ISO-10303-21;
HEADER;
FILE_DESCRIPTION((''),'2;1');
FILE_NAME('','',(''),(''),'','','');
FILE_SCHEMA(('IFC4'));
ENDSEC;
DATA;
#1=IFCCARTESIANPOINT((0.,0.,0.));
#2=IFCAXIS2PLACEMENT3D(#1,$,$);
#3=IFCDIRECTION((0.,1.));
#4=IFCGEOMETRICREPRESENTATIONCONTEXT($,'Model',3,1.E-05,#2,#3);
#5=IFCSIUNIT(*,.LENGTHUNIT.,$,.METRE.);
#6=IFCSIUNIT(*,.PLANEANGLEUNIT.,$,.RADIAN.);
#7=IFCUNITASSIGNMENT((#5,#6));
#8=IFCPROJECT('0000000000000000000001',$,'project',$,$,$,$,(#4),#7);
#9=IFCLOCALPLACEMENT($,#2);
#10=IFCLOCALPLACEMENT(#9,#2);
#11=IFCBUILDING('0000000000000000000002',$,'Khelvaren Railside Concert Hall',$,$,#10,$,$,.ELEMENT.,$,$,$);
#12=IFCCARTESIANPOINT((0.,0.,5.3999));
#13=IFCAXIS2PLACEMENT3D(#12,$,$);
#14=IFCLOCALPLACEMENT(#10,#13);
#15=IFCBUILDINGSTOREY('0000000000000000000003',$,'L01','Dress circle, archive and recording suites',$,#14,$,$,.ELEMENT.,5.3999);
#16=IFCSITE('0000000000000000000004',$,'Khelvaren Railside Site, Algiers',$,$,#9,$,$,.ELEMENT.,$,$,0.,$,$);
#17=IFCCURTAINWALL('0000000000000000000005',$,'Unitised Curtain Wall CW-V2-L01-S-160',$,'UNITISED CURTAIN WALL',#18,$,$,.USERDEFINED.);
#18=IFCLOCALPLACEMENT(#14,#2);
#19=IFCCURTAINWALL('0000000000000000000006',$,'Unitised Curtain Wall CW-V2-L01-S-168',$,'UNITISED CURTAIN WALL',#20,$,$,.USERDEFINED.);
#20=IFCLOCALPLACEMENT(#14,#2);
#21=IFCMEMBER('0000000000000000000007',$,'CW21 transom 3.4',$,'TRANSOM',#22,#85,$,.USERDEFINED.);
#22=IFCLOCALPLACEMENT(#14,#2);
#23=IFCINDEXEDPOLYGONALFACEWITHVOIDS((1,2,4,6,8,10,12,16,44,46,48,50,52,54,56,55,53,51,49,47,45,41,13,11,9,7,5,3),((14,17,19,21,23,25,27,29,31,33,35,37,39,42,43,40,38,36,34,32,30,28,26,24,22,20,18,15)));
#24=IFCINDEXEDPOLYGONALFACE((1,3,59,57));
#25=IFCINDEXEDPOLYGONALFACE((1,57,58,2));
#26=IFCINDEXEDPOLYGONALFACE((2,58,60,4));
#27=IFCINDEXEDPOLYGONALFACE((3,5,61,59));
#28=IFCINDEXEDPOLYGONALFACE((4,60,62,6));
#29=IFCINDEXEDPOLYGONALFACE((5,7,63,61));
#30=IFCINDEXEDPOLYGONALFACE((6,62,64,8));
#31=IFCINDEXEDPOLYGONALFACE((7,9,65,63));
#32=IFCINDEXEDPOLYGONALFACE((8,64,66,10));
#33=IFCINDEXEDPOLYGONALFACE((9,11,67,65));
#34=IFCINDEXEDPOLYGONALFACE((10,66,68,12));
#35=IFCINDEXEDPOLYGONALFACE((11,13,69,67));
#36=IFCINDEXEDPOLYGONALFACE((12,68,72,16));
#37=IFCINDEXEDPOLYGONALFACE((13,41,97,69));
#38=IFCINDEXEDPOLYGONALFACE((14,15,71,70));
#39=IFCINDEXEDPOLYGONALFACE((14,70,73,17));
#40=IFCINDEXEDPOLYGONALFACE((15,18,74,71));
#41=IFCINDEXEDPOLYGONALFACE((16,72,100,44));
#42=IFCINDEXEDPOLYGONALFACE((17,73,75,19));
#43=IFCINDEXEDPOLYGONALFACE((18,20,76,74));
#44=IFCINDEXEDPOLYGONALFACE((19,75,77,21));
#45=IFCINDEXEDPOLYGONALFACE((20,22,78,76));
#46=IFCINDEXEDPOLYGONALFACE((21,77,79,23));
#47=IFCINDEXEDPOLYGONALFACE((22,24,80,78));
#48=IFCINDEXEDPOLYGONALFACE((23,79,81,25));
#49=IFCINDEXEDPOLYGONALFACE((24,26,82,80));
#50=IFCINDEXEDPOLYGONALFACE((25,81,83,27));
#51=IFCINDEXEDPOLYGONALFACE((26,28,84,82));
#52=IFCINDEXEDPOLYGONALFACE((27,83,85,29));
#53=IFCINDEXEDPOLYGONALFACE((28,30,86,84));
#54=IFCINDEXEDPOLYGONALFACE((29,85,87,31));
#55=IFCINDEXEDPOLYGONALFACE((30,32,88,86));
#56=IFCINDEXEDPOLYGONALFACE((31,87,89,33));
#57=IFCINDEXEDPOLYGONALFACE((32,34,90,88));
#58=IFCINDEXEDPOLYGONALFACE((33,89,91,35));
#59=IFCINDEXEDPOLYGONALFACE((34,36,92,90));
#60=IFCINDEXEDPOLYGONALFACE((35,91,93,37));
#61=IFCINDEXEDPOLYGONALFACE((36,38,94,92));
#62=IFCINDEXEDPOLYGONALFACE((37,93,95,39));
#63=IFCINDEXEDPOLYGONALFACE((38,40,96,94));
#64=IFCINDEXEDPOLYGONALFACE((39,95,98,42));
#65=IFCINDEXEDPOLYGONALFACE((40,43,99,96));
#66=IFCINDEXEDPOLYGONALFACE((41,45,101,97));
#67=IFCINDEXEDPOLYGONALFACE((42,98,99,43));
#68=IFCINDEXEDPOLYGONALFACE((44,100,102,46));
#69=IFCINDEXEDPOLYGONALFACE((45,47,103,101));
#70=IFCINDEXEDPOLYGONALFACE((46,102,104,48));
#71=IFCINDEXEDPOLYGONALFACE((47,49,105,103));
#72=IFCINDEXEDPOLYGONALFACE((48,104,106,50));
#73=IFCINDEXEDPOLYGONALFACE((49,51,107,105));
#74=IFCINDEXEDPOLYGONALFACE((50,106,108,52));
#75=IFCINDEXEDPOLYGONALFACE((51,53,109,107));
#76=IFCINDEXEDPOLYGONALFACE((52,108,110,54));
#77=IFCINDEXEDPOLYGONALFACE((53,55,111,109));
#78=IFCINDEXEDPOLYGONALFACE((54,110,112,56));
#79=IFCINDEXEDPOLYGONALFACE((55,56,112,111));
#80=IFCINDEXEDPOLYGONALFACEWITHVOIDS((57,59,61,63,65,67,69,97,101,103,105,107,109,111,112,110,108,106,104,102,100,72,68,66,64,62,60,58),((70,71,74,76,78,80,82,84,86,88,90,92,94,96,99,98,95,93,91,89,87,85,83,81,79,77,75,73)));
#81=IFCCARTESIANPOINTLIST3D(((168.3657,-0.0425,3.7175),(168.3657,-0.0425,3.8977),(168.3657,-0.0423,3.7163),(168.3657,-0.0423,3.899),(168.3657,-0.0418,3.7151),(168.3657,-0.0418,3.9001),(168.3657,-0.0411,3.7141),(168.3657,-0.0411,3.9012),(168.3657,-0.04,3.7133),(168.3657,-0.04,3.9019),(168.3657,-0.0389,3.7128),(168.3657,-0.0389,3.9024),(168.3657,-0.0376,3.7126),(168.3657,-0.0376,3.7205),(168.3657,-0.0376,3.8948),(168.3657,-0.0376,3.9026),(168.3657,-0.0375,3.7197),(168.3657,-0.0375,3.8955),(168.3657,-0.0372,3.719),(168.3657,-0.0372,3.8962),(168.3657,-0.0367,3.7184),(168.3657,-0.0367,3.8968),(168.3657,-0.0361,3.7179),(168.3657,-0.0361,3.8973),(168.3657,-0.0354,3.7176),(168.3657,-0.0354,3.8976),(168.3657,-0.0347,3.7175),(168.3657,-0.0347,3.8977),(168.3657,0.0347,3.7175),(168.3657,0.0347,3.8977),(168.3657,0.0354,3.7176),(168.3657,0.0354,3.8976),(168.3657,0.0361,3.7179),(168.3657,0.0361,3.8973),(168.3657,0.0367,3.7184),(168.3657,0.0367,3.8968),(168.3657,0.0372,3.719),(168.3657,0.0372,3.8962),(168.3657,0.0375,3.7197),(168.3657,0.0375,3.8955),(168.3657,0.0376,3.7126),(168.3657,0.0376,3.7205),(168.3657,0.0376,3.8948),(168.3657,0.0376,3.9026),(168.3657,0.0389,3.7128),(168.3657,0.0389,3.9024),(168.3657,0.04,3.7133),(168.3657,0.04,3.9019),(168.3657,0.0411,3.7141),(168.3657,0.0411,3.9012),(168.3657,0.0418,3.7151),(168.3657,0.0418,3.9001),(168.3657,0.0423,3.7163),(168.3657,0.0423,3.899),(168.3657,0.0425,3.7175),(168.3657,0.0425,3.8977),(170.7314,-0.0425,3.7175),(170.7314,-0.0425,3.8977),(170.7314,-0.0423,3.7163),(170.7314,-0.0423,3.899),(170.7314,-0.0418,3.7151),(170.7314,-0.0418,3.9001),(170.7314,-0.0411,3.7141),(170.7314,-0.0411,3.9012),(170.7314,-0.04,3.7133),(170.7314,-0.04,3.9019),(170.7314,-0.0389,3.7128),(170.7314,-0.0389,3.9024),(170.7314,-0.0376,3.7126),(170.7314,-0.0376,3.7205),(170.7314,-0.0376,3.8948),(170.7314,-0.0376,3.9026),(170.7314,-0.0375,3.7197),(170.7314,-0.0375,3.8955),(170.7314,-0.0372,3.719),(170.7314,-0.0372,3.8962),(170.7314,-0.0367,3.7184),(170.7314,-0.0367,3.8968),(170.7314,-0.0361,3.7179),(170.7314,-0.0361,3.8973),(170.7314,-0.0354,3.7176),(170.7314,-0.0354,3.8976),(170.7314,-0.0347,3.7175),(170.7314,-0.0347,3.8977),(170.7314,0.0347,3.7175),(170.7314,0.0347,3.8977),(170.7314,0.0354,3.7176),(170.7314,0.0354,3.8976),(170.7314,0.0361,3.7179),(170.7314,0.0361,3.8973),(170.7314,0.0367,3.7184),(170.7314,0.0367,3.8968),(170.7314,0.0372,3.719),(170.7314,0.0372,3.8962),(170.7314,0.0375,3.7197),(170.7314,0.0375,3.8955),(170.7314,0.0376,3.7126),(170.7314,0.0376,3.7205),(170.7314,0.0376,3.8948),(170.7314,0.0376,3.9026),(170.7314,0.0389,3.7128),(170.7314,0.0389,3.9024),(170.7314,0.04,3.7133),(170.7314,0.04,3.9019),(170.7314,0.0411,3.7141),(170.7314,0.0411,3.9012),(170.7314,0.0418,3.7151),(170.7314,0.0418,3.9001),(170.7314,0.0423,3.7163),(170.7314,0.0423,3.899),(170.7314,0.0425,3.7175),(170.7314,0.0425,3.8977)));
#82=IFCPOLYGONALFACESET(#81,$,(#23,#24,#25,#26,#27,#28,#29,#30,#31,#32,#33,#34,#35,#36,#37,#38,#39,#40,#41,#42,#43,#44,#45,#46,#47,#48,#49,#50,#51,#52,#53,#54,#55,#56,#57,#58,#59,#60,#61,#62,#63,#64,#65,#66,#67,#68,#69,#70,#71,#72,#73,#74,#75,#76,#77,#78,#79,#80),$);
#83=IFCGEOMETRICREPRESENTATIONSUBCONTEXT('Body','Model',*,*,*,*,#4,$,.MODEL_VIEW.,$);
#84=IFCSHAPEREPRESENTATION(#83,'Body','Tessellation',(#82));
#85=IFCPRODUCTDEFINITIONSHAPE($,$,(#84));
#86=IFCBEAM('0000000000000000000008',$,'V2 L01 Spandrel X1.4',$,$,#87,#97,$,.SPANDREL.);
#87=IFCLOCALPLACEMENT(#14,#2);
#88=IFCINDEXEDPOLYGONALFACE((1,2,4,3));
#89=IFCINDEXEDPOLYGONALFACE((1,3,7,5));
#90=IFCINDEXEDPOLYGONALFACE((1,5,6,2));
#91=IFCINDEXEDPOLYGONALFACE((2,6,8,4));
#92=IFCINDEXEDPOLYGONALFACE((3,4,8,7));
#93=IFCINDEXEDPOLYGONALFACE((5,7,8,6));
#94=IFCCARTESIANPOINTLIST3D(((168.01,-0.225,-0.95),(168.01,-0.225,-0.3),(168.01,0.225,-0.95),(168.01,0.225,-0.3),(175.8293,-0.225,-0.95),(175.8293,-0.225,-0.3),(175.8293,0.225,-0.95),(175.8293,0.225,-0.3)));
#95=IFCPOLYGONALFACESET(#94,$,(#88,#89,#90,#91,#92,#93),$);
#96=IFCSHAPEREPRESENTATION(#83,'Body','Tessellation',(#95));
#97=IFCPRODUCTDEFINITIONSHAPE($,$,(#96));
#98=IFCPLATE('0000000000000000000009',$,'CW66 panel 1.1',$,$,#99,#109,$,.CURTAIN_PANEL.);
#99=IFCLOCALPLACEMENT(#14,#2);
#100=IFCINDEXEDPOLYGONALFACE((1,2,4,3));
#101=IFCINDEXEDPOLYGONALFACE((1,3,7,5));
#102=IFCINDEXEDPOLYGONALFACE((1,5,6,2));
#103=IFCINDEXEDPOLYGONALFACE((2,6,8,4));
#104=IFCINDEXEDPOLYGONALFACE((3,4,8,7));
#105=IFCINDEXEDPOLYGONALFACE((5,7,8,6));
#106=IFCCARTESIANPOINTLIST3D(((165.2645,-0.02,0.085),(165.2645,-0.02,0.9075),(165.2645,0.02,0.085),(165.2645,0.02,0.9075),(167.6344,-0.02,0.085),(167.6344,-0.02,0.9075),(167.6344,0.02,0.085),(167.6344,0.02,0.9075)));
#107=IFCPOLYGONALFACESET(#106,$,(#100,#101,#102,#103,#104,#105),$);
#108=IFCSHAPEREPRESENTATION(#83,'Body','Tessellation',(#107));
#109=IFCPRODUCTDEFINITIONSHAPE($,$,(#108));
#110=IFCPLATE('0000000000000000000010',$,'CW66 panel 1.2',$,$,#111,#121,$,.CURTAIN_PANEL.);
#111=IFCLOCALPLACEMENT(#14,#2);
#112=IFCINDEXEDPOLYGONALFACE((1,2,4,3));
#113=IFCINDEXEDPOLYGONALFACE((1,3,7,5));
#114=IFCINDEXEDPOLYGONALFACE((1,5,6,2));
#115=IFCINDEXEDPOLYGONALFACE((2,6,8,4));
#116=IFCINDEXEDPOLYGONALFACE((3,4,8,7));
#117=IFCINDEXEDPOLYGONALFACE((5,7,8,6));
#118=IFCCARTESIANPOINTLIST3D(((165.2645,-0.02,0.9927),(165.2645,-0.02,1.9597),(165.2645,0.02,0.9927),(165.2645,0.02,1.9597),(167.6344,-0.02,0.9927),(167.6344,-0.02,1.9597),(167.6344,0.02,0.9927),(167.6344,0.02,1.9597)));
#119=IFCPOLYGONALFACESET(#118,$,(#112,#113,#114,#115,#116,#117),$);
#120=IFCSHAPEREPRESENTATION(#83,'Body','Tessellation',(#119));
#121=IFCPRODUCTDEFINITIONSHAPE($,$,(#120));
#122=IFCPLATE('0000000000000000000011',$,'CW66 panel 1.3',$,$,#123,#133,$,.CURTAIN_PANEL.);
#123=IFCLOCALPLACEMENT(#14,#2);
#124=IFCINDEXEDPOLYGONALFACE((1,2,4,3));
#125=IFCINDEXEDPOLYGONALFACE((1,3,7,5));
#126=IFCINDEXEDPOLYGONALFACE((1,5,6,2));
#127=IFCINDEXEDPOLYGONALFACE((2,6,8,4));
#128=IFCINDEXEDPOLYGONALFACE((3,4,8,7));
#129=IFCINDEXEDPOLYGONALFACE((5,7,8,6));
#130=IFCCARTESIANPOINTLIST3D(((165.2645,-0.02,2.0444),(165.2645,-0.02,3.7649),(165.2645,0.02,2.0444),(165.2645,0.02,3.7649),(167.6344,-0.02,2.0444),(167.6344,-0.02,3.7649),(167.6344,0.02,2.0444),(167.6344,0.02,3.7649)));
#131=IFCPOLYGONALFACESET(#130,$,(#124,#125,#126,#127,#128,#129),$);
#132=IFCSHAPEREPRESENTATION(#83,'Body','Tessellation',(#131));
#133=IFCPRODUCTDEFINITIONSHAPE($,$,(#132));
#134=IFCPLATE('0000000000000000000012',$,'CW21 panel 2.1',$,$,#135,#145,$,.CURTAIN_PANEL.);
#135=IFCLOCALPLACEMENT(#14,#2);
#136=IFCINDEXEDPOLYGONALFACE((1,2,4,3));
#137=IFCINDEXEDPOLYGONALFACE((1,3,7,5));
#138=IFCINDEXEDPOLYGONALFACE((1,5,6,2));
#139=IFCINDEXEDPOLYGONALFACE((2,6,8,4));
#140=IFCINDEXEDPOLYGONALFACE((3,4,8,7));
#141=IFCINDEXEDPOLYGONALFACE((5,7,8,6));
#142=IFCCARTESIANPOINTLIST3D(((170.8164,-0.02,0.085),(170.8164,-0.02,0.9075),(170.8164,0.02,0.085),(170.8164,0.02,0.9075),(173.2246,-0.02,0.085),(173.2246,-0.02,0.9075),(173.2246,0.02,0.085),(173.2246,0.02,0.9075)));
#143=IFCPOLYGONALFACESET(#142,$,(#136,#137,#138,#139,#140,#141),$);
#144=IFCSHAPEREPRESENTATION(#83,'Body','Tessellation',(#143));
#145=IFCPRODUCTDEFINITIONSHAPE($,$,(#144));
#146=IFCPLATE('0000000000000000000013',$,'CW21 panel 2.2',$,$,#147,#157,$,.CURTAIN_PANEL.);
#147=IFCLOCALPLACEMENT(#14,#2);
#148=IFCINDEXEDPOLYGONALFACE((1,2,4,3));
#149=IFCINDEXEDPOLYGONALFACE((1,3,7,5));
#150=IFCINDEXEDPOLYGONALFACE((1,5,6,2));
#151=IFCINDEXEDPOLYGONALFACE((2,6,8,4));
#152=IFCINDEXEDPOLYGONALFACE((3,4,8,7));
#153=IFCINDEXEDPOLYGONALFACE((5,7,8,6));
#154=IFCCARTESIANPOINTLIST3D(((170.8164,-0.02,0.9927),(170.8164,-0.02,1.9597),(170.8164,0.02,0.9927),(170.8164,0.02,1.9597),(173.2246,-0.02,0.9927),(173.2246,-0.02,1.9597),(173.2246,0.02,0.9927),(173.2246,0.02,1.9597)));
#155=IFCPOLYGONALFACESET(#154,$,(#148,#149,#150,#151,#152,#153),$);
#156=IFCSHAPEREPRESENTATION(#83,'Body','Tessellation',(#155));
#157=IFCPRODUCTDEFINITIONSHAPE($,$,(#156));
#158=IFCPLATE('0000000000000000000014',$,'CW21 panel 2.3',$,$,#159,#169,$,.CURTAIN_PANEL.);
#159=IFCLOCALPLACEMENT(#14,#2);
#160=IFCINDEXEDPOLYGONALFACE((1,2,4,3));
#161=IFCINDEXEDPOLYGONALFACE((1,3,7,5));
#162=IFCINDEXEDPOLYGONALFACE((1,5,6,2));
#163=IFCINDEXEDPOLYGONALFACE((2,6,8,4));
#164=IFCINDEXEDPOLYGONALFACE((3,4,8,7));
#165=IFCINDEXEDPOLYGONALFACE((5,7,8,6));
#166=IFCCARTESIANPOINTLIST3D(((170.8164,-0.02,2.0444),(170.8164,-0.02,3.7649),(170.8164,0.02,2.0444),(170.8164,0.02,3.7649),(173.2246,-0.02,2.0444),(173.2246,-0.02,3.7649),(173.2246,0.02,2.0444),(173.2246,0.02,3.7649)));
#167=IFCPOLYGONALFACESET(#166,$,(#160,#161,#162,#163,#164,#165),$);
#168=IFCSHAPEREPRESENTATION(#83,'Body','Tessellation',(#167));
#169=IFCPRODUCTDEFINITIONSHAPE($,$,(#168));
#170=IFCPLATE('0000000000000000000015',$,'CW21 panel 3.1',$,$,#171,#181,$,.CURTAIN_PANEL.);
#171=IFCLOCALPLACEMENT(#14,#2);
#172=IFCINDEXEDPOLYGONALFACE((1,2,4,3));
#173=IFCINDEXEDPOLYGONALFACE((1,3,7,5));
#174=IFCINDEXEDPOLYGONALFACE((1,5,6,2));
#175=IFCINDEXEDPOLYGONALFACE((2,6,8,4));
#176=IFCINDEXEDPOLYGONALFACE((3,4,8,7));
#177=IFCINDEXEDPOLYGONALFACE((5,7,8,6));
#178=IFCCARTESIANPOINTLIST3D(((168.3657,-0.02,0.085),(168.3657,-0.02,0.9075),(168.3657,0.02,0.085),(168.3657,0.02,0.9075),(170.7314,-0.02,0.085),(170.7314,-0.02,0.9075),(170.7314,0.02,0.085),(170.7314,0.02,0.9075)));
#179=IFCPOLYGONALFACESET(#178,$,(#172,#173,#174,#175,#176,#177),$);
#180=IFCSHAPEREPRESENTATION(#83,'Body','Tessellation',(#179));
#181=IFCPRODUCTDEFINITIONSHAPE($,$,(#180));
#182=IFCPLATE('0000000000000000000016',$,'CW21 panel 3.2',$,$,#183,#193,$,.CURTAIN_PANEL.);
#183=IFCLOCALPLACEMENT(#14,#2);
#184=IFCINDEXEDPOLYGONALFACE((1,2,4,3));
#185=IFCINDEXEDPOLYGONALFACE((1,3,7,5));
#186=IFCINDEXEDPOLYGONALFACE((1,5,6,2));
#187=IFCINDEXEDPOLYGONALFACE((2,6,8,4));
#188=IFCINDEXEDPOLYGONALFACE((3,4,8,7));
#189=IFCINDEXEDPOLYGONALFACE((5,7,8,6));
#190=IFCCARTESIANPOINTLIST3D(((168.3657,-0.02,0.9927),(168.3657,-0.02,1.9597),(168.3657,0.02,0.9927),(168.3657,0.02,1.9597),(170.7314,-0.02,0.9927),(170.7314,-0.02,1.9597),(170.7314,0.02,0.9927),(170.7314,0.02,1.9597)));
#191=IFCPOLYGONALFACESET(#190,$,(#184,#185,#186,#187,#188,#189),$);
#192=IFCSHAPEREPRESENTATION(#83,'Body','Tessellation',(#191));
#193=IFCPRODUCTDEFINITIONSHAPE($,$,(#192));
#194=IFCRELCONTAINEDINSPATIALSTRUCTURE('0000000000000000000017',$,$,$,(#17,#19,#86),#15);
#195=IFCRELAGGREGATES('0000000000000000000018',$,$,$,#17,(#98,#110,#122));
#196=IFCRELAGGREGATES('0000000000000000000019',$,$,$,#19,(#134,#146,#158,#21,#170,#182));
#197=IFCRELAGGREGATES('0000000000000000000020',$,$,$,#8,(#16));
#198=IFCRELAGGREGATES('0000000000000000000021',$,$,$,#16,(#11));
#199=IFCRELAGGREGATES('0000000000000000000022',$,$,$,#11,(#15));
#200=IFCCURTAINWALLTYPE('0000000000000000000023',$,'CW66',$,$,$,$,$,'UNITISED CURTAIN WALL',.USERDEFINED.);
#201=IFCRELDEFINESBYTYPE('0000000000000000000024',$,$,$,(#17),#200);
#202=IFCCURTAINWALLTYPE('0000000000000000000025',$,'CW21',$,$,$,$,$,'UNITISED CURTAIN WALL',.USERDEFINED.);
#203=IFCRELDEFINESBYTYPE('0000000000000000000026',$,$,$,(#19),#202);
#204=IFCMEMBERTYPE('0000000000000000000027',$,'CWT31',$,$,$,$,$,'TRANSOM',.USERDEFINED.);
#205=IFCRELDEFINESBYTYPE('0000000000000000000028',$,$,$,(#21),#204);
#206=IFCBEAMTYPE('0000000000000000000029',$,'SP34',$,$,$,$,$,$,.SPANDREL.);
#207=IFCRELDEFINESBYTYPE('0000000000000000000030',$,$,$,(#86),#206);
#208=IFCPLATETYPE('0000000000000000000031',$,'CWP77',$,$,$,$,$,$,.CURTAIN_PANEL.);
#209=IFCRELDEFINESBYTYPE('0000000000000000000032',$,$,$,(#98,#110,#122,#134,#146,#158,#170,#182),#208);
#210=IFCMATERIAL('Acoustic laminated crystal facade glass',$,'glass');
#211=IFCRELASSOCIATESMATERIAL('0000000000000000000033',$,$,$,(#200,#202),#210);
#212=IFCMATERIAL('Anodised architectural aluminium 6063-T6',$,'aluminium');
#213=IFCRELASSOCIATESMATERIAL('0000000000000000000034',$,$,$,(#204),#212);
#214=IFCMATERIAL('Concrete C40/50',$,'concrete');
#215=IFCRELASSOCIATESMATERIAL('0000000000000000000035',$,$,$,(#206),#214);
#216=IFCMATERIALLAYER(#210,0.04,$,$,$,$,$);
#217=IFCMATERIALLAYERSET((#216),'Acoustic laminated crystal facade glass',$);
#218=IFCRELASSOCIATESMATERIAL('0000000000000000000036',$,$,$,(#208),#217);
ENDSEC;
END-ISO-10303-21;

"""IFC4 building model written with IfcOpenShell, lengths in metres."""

from ifc_helpers import new_model, si_unit, direction, frame, origin, origin_2d, place, context, subcontext, project, spatial, rectangle, hollow_rectangle, extrude, material, layer, layer_set, material_profile, profile_set, type_object, element, aggregate, save


model = new_model("IFC4")

# Units and contexts
model_context = context("Model", 3, precision=1e-05, world=origin(), true_north=direction((0.0, 1.0)))
body_context = subcontext(model_context, "Body", "Model", "MODEL_VIEW")
ifc_project = project(units=[si_unit("LENGTHUNIT", "METRE"), si_unit("PLANEANGLEUNIT", "RADIAN")], contexts=[model_context])

# Site, building, storey
site_placement = place(None, origin())
site = spatial("IfcSite", under=ifc_project, at=site_placement, Name="Khelvaren Railside Site, Algiers", CompositionType="ELEMENT", RefElevation=0.0)
building_placement = place(site_placement, origin())
building = spatial("IfcBuilding", under=site, at=building_placement, Name="Khelvaren Railside Concert Hall", CompositionType="ELEMENT")
storey_placement = place(building_placement, frame((0.0, 0.0, 5.3999)))
storey = spatial("IfcBuildingStorey", under=building, at=storey_placement, Name="L01", Description="Dress circle, archive and recording suites", CompositionType="ELEMENT", Elevation=5.3999)

# Curtain walls
ifc_material_1 = material(Name="Acoustic laminated crystal facade glass", Category="glass")
curtain_wall_type_1 = type_object("IfcCurtainWallType", Name="CW66", ElementType="UNITISED CURTAIN WALL", PredefinedType="USERDEFINED", material=ifc_material_1)
curtain_wall_1_placement = place(storey_placement, origin())
curtain_wall_1 = element("IfcCurtainWall", 1, at=curtain_wall_1_placement, inside=storey, type_object=curtain_wall_type_1, Name="Unitised Curtain Wall CW-V2-L01-S-160", ObjectType="UNITISED CURTAIN WALL", PredefinedType="USERDEFINED")
ifc_material_2 = material(Name="Anodised architectural aluminium 6063-T6", Category="aluminium")
curtain_wall_type_2 = type_object("IfcCurtainWallType", Name="CW21", ElementType="UNITISED CURTAIN WALL", PredefinedType="USERDEFINED", material=ifc_material_1)
curtain_wall_2_placement = place(storey_placement, origin())
curtain_wall_2 = element("IfcCurtainWall", 2, at=curtain_wall_2_placement, inside=storey, type_object=curtain_wall_type_2, Name="Unitised Curtain Wall CW-V2-L01-S-168", ObjectType="UNITISED CURTAIN WALL", PredefinedType="USERDEFINED")

# Member
ifc_material_profile_1 = material_profile(ifc_material_2, hollow_rectangle(XDim=0.085, YDim=0.1899, WallThickness=0.0049, InnerFilletRadius=0.0029, OuterFilletRadius=0.0049, at=origin_2d()), Name="CWT 85x190x5")
ifc_profile_set_1 = profile_set([ifc_material_profile_1], Name="Anodised architectural aluminium 6063-T6")
member_type_1 = type_object("IfcMemberType", Name="CWT31", ElementType="TRANSOM", PredefinedType="USERDEFINED", material=ifc_profile_set_1)
member_1_placement = place(storey_placement, frame((170.7314, 0.0, 3.8076), z_axis=(-1.0, 0.0, 0.0), x_axis=(0.0, -1.0, 0.0)))
member_1 = element("IfcMember", 3, at=member_1_placement, type_object=member_type_1, Name="CW21 transom 3.4", ObjectType="TRANSOM", PredefinedType="USERDEFINED", context=body_context, shape_type="SweptSolid", body=[
    extrude(hollow_rectangle(XDim=0.085, YDim=0.1899, WallThickness=0.0049, InnerFilletRadius=0.0029, OuterFilletRadius=0.0049, at=origin_2d()), origin(), (0.0, 0.0, 1.0), 2.3657),
])

# Beam
ifc_material_3 = material(Name="Concrete C40/50", Category="concrete")
ifc_material_profile_2 = material_profile(ifc_material_3, rectangle(XDim=0.45, YDim=0.6499, at=origin_2d()), Name="RCB 450x650")
ifc_profile_set_2 = profile_set([ifc_material_profile_2], Name="Concrete C40/50")
beam_type = type_object("IfcBeamType", Name="SP34", PredefinedType="SPANDREL", material=ifc_profile_set_2)
beam_placement = place(storey_placement, frame((168.01, 0.0, -0.625), z_axis=(1.0, 0.0, 0.0), x_axis=(0.0, 1.0, 0.0)))
element("IfcBeam", 4, at=beam_placement, inside=storey, type_object=beam_type, Name="V2 L01 Spandrel X1.4", PredefinedType="SPANDREL", context=body_context, shape_type="SweptSolid", body=[
    extrude(rectangle(XDim=0.45, YDim=0.6499, at=origin_2d()), origin(), (0.0, 0.0, 1.0), 7.8193),
])

# Plates
ifc_layer = layer(ifc_material_1, 0.04)
ifc_layer_set = layer_set([ifc_layer], Name="Acoustic laminated crystal facade glass")
plate_type = type_object("IfcPlateType", Name="CWP77", PredefinedType="CURTAIN_PANEL", material=ifc_layer_set)
plate_1_placement = place(storey_placement, frame((166.4495, 0.0, 0.085), z_axis=(0.0, 0.0, 1.0), x_axis=(-1.0, 0.0, 0.0)))
plate_1 = element("IfcPlate", 5, at=plate_1_placement, type_object=plate_type, Name="CW66 panel 1.1", PredefinedType="CURTAIN_PANEL", context=body_context, shape_type="SweptSolid", body=[
    extrude(rectangle(XDim=2.3699, YDim=0.04, at=origin_2d()), origin(), (0.0, 0.0, 1.0), 0.8225),
])
plate_2_placement = place(storey_placement, frame((166.4495, 0.0, 0.9927), z_axis=(0.0, 0.0, 1.0), x_axis=(-1.0, 0.0, 0.0)))
plate_2 = element("IfcPlate", 6, at=plate_2_placement, type_object=plate_type, Name="CW66 panel 1.2", PredefinedType="CURTAIN_PANEL", context=body_context, shape_type="SweptSolid", body=[
    extrude(rectangle(XDim=2.3699, YDim=0.04, at=origin_2d()), origin(), (0.0, 0.0, 1.0), 0.967),
])
plate_3_placement = place(storey_placement, frame((166.4495, 0.0, 2.0444), z_axis=(0.0, 0.0, 1.0), x_axis=(-1.0, 0.0, 0.0)))
plate_3 = element("IfcPlate", 7, at=plate_3_placement, type_object=plate_type, Name="CW66 panel 1.3", PredefinedType="CURTAIN_PANEL", context=body_context, shape_type="SweptSolid", body=[
    extrude(rectangle(XDim=2.3699, YDim=0.04, at=origin_2d()), origin(), (0.0, 0.0, 1.0), 1.7205),
])
aggregate(curtain_wall_1, [plate_1, plate_2, plate_3])
plate_4_placement = place(storey_placement, frame((172.0205, 0.0, 0.085), z_axis=(0.0, 0.0, 1.0), x_axis=(-1.0, 0.0, 0.0)))
plate_4 = element("IfcPlate", 8, at=plate_4_placement, type_object=plate_type, Name="CW21 panel 2.1", PredefinedType="CURTAIN_PANEL", context=body_context, shape_type="SweptSolid", body=[
    extrude(rectangle(XDim=2.4082, YDim=0.04, at=origin_2d()), origin(), (0.0, 0.0, 1.0), 0.8225),
])
plate_5_placement = place(storey_placement, frame((172.0205, 0.0, 0.9927), z_axis=(0.0, 0.0, 1.0), x_axis=(-1.0, 0.0, 0.0)))
plate_5 = element("IfcPlate", 9, at=plate_5_placement, type_object=plate_type, Name="CW21 panel 2.2", PredefinedType="CURTAIN_PANEL", context=body_context, shape_type="SweptSolid", body=[
    extrude(rectangle(XDim=2.4082, YDim=0.04, at=origin_2d()), origin(), (0.0, 0.0, 1.0), 0.967),
])
plate_6_placement = place(storey_placement, frame((172.0205, 0.0, 2.0444), z_axis=(0.0, 0.0, 1.0), x_axis=(-1.0, 0.0, 0.0)))
plate_6 = element("IfcPlate", 10, at=plate_6_placement, type_object=plate_type, Name="CW21 panel 2.3", PredefinedType="CURTAIN_PANEL", context=body_context, shape_type="SweptSolid", body=[
    extrude(rectangle(XDim=2.4082, YDim=0.04, at=origin_2d()), origin(), (0.0, 0.0, 1.0), 1.7205),
])
plate_7_placement = place(storey_placement, frame((169.5486, 0.0, 0.085), z_axis=(0.0, 0.0, 1.0), x_axis=(-1.0, 0.0, 0.0)))
plate_7 = element("IfcPlate", 11, at=plate_7_placement, type_object=plate_type, Name="CW21 panel 3.1", PredefinedType="CURTAIN_PANEL", context=body_context, shape_type="SweptSolid", body=[
    extrude(rectangle(XDim=2.3657, YDim=0.04, at=origin_2d()), origin(), (0.0, 0.0, 1.0), 0.8225),
])
plate_8_placement = place(storey_placement, frame((169.5486, 0.0, 0.9927), z_axis=(0.0, 0.0, 1.0), x_axis=(-1.0, 0.0, 0.0)))
plate_8 = element("IfcPlate", 12, at=plate_8_placement, type_object=plate_type, Name="CW21 panel 3.2", PredefinedType="CURTAIN_PANEL", context=body_context, shape_type="SweptSolid", body=[
    extrude(rectangle(XDim=2.3657, YDim=0.04, at=origin_2d()), origin(), (0.0, 0.0, 1.0), 0.967),
])
aggregate(curtain_wall_2, [plate_4, plate_5, plate_6, member_1, plate_7, plate_8])

save(model, "model.ifc")
